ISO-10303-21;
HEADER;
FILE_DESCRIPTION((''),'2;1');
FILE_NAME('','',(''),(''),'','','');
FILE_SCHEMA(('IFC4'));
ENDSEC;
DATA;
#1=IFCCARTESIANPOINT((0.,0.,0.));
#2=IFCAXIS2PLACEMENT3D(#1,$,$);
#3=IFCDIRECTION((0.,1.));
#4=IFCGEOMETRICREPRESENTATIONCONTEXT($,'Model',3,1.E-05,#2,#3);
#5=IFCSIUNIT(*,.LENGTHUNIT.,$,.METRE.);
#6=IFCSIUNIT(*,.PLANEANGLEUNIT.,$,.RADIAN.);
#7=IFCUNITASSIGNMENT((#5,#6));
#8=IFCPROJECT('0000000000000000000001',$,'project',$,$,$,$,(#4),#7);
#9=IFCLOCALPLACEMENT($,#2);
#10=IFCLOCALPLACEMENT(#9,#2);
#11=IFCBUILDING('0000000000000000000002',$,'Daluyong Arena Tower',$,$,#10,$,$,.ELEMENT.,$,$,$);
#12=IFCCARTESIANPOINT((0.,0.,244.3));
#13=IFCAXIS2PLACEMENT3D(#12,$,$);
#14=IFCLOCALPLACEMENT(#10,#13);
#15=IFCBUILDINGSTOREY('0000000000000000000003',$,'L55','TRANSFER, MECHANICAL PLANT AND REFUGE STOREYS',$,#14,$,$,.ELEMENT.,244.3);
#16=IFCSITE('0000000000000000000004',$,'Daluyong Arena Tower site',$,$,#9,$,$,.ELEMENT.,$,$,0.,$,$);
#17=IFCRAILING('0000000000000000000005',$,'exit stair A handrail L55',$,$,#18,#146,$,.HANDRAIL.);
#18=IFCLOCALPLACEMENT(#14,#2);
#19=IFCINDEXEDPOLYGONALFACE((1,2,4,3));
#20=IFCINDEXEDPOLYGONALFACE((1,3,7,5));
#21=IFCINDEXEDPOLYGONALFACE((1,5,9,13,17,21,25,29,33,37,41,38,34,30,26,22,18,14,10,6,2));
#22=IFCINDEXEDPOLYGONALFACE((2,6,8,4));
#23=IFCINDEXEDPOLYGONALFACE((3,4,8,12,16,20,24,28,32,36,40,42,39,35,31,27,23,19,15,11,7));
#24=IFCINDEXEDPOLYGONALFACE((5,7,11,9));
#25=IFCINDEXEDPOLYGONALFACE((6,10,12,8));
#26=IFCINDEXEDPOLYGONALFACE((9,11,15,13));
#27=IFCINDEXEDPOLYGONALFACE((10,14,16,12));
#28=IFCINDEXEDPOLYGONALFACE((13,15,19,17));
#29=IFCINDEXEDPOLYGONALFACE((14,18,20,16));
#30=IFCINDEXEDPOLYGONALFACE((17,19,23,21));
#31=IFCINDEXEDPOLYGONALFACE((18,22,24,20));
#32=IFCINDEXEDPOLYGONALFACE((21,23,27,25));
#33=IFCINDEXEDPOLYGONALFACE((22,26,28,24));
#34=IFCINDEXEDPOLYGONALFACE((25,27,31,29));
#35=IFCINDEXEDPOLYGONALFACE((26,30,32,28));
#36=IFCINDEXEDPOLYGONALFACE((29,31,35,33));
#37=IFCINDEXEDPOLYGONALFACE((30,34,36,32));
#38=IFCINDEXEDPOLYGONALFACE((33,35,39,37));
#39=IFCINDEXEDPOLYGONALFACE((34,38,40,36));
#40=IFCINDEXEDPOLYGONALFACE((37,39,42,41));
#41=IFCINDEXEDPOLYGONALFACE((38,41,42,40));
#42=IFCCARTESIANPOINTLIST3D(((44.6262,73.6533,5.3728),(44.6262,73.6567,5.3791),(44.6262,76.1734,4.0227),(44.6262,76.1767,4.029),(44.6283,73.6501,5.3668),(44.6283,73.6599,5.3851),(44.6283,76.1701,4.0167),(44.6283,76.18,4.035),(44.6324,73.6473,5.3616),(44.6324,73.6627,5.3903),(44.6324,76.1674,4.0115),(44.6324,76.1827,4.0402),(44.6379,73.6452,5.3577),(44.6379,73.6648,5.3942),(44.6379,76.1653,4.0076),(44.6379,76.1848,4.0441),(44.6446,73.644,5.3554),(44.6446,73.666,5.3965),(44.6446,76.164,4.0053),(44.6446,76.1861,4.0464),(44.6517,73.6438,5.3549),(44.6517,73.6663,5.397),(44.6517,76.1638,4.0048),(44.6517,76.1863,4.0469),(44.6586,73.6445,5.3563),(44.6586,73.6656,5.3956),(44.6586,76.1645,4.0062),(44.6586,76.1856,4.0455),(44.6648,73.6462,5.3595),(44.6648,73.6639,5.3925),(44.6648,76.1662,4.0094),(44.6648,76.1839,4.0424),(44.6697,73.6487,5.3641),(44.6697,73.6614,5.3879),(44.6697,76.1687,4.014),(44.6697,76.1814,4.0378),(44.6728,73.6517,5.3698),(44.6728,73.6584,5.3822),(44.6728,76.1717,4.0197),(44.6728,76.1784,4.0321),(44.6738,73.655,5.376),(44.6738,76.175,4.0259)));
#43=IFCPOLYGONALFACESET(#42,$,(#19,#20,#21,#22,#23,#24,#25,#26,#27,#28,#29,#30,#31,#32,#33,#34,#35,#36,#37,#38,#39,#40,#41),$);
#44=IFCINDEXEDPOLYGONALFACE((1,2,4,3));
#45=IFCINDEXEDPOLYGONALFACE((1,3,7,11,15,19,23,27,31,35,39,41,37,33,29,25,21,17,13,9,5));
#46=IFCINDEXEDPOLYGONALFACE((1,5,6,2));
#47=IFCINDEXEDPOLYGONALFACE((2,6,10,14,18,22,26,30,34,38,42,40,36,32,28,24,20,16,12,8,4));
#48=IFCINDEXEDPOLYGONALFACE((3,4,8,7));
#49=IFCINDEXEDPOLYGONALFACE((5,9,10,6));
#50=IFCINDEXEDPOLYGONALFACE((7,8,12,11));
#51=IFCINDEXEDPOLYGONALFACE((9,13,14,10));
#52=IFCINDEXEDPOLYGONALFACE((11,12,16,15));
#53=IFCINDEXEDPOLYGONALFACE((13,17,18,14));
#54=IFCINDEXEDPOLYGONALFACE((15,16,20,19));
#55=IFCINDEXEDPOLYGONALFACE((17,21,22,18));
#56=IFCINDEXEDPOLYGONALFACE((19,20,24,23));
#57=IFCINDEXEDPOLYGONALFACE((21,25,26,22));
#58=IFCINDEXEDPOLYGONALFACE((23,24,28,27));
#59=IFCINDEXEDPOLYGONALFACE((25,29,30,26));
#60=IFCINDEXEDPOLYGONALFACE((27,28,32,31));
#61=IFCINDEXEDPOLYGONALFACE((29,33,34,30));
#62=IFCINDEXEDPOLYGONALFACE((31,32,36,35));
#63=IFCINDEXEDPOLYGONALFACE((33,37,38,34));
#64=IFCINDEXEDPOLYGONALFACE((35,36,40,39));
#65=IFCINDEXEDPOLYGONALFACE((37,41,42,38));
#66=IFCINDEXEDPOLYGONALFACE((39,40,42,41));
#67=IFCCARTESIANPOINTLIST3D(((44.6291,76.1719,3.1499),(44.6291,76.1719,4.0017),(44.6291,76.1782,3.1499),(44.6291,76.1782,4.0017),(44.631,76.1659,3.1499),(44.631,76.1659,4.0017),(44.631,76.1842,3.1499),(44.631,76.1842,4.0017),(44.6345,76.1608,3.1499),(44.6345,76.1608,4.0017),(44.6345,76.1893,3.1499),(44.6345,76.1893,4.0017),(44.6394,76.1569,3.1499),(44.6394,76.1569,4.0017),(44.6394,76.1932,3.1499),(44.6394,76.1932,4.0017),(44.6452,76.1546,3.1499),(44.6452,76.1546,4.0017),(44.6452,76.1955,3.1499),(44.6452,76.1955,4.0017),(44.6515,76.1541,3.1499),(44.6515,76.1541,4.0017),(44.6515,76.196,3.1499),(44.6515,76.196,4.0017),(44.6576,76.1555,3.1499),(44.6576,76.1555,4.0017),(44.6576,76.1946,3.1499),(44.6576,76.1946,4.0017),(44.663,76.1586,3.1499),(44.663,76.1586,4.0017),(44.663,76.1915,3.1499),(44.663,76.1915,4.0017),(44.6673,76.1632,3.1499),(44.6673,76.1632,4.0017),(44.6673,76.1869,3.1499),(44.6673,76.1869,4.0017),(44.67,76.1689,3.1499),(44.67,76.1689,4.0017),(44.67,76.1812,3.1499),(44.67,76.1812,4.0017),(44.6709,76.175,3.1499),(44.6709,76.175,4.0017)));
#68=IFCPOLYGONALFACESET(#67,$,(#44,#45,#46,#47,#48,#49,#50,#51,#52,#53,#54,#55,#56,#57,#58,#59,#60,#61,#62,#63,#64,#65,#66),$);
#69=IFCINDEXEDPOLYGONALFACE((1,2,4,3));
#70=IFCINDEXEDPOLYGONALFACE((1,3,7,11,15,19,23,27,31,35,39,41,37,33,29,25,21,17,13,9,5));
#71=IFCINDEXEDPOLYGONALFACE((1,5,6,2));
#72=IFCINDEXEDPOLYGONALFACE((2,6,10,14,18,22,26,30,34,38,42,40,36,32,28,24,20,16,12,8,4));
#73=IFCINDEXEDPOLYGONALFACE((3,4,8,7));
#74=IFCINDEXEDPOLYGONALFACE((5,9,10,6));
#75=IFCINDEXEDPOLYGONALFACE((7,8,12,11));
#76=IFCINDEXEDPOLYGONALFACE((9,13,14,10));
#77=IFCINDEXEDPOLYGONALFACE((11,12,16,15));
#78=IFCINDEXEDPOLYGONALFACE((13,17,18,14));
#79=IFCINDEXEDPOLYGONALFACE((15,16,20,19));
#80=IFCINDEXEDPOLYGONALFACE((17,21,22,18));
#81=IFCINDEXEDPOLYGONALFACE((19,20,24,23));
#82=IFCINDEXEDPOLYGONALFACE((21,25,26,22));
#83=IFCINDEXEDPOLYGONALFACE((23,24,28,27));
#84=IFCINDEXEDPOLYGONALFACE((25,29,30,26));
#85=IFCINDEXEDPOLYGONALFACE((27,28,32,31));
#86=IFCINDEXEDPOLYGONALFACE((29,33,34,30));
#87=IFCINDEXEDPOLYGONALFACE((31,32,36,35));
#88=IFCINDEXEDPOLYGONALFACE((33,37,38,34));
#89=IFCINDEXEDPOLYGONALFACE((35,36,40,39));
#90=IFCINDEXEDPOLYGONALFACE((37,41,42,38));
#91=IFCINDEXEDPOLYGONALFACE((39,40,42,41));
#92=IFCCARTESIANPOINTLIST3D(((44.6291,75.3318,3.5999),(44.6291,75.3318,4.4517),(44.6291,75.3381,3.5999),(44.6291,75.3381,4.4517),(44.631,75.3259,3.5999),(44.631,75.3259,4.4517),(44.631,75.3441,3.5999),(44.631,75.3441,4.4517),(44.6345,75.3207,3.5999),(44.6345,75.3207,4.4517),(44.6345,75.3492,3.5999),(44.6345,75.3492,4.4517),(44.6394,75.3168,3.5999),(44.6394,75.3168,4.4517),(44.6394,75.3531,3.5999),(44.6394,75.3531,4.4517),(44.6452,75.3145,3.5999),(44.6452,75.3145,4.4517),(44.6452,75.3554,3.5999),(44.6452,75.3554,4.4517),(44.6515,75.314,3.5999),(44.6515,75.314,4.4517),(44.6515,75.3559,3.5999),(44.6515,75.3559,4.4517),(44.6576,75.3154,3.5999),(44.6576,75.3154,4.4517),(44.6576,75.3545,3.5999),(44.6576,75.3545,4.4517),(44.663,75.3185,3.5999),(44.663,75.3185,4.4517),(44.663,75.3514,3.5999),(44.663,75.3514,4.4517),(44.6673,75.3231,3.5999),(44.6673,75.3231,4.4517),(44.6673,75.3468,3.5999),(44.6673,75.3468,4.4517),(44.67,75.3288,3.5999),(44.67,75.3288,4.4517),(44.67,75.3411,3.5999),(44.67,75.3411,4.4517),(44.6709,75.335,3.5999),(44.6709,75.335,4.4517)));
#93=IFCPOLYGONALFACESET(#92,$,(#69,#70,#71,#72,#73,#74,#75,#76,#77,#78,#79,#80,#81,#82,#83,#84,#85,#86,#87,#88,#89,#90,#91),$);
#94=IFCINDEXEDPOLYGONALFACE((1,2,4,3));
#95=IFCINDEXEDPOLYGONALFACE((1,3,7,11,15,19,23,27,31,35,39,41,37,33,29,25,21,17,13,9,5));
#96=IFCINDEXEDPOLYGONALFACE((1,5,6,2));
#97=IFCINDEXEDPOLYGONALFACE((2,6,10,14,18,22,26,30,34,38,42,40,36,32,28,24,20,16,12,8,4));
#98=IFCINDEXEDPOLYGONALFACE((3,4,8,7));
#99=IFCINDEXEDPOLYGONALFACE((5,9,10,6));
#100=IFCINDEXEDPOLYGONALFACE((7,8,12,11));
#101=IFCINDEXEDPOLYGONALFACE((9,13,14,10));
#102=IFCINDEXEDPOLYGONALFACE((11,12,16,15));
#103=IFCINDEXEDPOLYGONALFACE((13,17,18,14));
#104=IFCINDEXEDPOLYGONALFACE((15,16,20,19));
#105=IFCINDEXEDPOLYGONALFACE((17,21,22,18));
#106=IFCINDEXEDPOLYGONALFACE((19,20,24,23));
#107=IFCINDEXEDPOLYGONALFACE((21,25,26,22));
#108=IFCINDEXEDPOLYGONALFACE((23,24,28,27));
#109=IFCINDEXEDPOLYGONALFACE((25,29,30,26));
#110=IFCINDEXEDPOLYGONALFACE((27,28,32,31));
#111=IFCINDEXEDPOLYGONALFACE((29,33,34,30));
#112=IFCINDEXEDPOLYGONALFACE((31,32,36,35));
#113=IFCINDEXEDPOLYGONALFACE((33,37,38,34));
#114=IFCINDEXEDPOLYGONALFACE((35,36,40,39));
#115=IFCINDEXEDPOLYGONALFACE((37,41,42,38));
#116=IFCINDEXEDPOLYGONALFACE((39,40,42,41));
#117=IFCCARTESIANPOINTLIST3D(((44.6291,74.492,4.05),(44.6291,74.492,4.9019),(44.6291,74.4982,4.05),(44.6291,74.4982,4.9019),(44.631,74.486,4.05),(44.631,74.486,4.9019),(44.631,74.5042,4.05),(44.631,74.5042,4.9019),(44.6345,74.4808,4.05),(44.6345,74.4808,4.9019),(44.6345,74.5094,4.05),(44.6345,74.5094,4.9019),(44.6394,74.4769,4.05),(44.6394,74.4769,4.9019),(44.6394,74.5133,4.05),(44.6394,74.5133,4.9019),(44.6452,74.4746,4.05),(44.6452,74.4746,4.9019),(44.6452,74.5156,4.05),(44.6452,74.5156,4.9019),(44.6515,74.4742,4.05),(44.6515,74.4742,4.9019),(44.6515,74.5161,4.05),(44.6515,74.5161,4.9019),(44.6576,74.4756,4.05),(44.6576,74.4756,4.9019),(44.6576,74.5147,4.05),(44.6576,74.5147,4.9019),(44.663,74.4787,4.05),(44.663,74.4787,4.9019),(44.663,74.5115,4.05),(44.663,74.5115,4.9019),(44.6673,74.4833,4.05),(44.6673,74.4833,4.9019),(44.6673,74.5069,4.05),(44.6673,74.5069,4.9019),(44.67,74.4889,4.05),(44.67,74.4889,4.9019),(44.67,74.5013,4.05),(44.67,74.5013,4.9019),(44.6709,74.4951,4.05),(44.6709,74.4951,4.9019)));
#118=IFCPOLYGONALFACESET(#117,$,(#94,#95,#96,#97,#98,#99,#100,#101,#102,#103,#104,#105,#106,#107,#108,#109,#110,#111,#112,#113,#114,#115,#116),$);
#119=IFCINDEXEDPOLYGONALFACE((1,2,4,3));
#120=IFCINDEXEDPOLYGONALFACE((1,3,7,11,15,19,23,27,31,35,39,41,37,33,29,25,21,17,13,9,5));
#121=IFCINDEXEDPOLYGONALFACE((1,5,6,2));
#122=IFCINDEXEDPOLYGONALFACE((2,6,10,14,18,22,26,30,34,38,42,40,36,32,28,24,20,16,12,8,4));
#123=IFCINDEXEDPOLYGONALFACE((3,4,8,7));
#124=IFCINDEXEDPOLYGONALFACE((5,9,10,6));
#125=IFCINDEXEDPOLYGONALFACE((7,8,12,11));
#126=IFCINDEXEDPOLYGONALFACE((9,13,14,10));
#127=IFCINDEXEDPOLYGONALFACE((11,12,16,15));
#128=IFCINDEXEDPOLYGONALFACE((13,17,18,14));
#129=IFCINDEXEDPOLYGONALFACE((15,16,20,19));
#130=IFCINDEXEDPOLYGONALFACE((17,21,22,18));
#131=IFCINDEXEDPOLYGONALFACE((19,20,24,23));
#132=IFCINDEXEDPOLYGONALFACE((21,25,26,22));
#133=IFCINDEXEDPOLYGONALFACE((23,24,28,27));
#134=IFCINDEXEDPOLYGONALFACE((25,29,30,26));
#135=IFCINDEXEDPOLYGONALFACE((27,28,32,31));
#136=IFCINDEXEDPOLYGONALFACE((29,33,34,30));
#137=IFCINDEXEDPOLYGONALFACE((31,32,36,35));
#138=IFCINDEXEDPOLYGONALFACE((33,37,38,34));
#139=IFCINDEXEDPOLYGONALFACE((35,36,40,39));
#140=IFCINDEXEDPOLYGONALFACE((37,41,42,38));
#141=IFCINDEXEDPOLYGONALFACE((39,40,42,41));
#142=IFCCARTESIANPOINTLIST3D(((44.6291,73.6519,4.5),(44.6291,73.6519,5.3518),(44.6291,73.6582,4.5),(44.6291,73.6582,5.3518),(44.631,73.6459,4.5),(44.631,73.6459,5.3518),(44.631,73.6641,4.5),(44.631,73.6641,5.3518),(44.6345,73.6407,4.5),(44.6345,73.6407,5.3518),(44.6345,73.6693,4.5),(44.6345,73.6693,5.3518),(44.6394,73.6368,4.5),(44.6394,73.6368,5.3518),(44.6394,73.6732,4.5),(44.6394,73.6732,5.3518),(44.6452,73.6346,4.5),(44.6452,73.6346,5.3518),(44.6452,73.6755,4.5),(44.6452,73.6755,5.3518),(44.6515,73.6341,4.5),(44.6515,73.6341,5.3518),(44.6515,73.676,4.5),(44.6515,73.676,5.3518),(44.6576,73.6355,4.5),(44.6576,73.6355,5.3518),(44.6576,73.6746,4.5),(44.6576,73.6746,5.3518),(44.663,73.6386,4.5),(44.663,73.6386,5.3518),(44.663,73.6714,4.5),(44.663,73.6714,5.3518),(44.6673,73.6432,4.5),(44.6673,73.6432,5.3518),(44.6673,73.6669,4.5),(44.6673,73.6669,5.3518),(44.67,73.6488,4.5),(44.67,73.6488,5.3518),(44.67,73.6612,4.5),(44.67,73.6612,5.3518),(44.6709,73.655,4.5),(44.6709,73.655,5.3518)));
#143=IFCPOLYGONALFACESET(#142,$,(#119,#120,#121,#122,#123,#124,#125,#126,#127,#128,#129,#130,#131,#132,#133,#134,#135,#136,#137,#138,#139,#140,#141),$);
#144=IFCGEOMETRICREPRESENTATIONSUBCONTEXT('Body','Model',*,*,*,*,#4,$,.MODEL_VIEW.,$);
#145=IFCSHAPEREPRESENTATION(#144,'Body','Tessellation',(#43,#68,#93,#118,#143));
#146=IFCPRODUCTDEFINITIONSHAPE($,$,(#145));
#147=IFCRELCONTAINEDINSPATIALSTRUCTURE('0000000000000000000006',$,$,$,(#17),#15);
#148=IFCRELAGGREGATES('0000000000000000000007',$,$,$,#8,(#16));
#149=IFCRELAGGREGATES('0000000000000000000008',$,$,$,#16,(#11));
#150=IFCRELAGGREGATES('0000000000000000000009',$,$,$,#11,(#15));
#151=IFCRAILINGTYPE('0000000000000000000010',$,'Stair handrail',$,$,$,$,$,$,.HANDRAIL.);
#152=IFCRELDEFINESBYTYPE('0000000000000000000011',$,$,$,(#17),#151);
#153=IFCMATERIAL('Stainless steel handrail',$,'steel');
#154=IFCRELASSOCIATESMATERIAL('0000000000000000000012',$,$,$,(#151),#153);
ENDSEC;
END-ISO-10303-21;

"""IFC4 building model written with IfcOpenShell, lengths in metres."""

from ifc_helpers import new_model, si_unit, direction, frame, origin, origin_2d, place, context, subcontext, project, spatial, circle, extrude, material, type_object, element, save


model = new_model("IFC4")

# Units and contexts
model_context = context("Model", 3, precision=1e-05, world=origin(), true_north=direction((0.0, 1.0)))
body_context = subcontext(model_context, "Body", "Model", "MODEL_VIEW")
ifc_project = project(units=[si_unit("LENGTHUNIT", "METRE"), si_unit("PLANEANGLEUNIT", "RADIAN")], contexts=[model_context])

# Site, building, storey
site_placement = place(None, origin())
site = spatial("IfcSite", under=ifc_project, at=site_placement, Name="Daluyong Arena Tower site", CompositionType="ELEMENT", RefElevation=0.0)
building_placement = place(site_placement, origin())
building = spatial("IfcBuilding", under=site, at=building_placement, Name="Daluyong Arena Tower", CompositionType="ELEMENT")
storey_placement = place(building_placement, frame((0.0, 0.0, 244.3)))
storey = spatial("IfcBuildingStorey", under=building, at=storey_placement, Name="L55", Description="TRANSFER, MECHANICAL PLANT AND REFUGE STOREYS", CompositionType="ELEMENT", Elevation=244.3)

# Railing
ifc_material_1 = material(Name="Stainless steel handrail", Category="steel")
railing_type_1 = type_object("IfcRailingType", Name="Stair handrail", PredefinedType="HANDRAIL", material=ifc_material_1)
railing_1_placement = place(storey_placement, frame((44.6499, 76.175, 3.1499)))
element("IfcRailing", 1, at=railing_1_placement, inside=storey, type_object=railing_type_1, Name="exit stair A handrail L55", PredefinedType="HANDRAIL", context=body_context, shape_type="SweptSolid", body=[
    extrude(circle(Radius=0.0239, at=origin_2d()), frame((0.0, 0.0, 0.876), z_axis=(0.0, -0.881467, 0.472245), x_axis=(1.0, 0.0, 0.0)), (0.0, 0.0, 1.0), 2.8589),
    extrude(circle(Radius=0.021, at=origin_2d()), origin(), (0.0, 0.0, 1.0), 0.8518),
    extrude(circle(Radius=0.021, at=origin_2d()), frame((0.0, -0.8401, 0.45)), (0.0, 0.0, 1.0), 0.8518),
    extrude(circle(Radius=0.021, at=origin_2d()), frame((0.0, -1.6799, 0.9001)), (0.0, 0.0, 1.0), 0.8518),
    extrude(circle(Radius=0.021, at=origin_2d()), frame((0.0, -2.52, 1.3501)), (0.0, 0.0, 1.0), 0.8518),
])

save(model, "model.ifc")
